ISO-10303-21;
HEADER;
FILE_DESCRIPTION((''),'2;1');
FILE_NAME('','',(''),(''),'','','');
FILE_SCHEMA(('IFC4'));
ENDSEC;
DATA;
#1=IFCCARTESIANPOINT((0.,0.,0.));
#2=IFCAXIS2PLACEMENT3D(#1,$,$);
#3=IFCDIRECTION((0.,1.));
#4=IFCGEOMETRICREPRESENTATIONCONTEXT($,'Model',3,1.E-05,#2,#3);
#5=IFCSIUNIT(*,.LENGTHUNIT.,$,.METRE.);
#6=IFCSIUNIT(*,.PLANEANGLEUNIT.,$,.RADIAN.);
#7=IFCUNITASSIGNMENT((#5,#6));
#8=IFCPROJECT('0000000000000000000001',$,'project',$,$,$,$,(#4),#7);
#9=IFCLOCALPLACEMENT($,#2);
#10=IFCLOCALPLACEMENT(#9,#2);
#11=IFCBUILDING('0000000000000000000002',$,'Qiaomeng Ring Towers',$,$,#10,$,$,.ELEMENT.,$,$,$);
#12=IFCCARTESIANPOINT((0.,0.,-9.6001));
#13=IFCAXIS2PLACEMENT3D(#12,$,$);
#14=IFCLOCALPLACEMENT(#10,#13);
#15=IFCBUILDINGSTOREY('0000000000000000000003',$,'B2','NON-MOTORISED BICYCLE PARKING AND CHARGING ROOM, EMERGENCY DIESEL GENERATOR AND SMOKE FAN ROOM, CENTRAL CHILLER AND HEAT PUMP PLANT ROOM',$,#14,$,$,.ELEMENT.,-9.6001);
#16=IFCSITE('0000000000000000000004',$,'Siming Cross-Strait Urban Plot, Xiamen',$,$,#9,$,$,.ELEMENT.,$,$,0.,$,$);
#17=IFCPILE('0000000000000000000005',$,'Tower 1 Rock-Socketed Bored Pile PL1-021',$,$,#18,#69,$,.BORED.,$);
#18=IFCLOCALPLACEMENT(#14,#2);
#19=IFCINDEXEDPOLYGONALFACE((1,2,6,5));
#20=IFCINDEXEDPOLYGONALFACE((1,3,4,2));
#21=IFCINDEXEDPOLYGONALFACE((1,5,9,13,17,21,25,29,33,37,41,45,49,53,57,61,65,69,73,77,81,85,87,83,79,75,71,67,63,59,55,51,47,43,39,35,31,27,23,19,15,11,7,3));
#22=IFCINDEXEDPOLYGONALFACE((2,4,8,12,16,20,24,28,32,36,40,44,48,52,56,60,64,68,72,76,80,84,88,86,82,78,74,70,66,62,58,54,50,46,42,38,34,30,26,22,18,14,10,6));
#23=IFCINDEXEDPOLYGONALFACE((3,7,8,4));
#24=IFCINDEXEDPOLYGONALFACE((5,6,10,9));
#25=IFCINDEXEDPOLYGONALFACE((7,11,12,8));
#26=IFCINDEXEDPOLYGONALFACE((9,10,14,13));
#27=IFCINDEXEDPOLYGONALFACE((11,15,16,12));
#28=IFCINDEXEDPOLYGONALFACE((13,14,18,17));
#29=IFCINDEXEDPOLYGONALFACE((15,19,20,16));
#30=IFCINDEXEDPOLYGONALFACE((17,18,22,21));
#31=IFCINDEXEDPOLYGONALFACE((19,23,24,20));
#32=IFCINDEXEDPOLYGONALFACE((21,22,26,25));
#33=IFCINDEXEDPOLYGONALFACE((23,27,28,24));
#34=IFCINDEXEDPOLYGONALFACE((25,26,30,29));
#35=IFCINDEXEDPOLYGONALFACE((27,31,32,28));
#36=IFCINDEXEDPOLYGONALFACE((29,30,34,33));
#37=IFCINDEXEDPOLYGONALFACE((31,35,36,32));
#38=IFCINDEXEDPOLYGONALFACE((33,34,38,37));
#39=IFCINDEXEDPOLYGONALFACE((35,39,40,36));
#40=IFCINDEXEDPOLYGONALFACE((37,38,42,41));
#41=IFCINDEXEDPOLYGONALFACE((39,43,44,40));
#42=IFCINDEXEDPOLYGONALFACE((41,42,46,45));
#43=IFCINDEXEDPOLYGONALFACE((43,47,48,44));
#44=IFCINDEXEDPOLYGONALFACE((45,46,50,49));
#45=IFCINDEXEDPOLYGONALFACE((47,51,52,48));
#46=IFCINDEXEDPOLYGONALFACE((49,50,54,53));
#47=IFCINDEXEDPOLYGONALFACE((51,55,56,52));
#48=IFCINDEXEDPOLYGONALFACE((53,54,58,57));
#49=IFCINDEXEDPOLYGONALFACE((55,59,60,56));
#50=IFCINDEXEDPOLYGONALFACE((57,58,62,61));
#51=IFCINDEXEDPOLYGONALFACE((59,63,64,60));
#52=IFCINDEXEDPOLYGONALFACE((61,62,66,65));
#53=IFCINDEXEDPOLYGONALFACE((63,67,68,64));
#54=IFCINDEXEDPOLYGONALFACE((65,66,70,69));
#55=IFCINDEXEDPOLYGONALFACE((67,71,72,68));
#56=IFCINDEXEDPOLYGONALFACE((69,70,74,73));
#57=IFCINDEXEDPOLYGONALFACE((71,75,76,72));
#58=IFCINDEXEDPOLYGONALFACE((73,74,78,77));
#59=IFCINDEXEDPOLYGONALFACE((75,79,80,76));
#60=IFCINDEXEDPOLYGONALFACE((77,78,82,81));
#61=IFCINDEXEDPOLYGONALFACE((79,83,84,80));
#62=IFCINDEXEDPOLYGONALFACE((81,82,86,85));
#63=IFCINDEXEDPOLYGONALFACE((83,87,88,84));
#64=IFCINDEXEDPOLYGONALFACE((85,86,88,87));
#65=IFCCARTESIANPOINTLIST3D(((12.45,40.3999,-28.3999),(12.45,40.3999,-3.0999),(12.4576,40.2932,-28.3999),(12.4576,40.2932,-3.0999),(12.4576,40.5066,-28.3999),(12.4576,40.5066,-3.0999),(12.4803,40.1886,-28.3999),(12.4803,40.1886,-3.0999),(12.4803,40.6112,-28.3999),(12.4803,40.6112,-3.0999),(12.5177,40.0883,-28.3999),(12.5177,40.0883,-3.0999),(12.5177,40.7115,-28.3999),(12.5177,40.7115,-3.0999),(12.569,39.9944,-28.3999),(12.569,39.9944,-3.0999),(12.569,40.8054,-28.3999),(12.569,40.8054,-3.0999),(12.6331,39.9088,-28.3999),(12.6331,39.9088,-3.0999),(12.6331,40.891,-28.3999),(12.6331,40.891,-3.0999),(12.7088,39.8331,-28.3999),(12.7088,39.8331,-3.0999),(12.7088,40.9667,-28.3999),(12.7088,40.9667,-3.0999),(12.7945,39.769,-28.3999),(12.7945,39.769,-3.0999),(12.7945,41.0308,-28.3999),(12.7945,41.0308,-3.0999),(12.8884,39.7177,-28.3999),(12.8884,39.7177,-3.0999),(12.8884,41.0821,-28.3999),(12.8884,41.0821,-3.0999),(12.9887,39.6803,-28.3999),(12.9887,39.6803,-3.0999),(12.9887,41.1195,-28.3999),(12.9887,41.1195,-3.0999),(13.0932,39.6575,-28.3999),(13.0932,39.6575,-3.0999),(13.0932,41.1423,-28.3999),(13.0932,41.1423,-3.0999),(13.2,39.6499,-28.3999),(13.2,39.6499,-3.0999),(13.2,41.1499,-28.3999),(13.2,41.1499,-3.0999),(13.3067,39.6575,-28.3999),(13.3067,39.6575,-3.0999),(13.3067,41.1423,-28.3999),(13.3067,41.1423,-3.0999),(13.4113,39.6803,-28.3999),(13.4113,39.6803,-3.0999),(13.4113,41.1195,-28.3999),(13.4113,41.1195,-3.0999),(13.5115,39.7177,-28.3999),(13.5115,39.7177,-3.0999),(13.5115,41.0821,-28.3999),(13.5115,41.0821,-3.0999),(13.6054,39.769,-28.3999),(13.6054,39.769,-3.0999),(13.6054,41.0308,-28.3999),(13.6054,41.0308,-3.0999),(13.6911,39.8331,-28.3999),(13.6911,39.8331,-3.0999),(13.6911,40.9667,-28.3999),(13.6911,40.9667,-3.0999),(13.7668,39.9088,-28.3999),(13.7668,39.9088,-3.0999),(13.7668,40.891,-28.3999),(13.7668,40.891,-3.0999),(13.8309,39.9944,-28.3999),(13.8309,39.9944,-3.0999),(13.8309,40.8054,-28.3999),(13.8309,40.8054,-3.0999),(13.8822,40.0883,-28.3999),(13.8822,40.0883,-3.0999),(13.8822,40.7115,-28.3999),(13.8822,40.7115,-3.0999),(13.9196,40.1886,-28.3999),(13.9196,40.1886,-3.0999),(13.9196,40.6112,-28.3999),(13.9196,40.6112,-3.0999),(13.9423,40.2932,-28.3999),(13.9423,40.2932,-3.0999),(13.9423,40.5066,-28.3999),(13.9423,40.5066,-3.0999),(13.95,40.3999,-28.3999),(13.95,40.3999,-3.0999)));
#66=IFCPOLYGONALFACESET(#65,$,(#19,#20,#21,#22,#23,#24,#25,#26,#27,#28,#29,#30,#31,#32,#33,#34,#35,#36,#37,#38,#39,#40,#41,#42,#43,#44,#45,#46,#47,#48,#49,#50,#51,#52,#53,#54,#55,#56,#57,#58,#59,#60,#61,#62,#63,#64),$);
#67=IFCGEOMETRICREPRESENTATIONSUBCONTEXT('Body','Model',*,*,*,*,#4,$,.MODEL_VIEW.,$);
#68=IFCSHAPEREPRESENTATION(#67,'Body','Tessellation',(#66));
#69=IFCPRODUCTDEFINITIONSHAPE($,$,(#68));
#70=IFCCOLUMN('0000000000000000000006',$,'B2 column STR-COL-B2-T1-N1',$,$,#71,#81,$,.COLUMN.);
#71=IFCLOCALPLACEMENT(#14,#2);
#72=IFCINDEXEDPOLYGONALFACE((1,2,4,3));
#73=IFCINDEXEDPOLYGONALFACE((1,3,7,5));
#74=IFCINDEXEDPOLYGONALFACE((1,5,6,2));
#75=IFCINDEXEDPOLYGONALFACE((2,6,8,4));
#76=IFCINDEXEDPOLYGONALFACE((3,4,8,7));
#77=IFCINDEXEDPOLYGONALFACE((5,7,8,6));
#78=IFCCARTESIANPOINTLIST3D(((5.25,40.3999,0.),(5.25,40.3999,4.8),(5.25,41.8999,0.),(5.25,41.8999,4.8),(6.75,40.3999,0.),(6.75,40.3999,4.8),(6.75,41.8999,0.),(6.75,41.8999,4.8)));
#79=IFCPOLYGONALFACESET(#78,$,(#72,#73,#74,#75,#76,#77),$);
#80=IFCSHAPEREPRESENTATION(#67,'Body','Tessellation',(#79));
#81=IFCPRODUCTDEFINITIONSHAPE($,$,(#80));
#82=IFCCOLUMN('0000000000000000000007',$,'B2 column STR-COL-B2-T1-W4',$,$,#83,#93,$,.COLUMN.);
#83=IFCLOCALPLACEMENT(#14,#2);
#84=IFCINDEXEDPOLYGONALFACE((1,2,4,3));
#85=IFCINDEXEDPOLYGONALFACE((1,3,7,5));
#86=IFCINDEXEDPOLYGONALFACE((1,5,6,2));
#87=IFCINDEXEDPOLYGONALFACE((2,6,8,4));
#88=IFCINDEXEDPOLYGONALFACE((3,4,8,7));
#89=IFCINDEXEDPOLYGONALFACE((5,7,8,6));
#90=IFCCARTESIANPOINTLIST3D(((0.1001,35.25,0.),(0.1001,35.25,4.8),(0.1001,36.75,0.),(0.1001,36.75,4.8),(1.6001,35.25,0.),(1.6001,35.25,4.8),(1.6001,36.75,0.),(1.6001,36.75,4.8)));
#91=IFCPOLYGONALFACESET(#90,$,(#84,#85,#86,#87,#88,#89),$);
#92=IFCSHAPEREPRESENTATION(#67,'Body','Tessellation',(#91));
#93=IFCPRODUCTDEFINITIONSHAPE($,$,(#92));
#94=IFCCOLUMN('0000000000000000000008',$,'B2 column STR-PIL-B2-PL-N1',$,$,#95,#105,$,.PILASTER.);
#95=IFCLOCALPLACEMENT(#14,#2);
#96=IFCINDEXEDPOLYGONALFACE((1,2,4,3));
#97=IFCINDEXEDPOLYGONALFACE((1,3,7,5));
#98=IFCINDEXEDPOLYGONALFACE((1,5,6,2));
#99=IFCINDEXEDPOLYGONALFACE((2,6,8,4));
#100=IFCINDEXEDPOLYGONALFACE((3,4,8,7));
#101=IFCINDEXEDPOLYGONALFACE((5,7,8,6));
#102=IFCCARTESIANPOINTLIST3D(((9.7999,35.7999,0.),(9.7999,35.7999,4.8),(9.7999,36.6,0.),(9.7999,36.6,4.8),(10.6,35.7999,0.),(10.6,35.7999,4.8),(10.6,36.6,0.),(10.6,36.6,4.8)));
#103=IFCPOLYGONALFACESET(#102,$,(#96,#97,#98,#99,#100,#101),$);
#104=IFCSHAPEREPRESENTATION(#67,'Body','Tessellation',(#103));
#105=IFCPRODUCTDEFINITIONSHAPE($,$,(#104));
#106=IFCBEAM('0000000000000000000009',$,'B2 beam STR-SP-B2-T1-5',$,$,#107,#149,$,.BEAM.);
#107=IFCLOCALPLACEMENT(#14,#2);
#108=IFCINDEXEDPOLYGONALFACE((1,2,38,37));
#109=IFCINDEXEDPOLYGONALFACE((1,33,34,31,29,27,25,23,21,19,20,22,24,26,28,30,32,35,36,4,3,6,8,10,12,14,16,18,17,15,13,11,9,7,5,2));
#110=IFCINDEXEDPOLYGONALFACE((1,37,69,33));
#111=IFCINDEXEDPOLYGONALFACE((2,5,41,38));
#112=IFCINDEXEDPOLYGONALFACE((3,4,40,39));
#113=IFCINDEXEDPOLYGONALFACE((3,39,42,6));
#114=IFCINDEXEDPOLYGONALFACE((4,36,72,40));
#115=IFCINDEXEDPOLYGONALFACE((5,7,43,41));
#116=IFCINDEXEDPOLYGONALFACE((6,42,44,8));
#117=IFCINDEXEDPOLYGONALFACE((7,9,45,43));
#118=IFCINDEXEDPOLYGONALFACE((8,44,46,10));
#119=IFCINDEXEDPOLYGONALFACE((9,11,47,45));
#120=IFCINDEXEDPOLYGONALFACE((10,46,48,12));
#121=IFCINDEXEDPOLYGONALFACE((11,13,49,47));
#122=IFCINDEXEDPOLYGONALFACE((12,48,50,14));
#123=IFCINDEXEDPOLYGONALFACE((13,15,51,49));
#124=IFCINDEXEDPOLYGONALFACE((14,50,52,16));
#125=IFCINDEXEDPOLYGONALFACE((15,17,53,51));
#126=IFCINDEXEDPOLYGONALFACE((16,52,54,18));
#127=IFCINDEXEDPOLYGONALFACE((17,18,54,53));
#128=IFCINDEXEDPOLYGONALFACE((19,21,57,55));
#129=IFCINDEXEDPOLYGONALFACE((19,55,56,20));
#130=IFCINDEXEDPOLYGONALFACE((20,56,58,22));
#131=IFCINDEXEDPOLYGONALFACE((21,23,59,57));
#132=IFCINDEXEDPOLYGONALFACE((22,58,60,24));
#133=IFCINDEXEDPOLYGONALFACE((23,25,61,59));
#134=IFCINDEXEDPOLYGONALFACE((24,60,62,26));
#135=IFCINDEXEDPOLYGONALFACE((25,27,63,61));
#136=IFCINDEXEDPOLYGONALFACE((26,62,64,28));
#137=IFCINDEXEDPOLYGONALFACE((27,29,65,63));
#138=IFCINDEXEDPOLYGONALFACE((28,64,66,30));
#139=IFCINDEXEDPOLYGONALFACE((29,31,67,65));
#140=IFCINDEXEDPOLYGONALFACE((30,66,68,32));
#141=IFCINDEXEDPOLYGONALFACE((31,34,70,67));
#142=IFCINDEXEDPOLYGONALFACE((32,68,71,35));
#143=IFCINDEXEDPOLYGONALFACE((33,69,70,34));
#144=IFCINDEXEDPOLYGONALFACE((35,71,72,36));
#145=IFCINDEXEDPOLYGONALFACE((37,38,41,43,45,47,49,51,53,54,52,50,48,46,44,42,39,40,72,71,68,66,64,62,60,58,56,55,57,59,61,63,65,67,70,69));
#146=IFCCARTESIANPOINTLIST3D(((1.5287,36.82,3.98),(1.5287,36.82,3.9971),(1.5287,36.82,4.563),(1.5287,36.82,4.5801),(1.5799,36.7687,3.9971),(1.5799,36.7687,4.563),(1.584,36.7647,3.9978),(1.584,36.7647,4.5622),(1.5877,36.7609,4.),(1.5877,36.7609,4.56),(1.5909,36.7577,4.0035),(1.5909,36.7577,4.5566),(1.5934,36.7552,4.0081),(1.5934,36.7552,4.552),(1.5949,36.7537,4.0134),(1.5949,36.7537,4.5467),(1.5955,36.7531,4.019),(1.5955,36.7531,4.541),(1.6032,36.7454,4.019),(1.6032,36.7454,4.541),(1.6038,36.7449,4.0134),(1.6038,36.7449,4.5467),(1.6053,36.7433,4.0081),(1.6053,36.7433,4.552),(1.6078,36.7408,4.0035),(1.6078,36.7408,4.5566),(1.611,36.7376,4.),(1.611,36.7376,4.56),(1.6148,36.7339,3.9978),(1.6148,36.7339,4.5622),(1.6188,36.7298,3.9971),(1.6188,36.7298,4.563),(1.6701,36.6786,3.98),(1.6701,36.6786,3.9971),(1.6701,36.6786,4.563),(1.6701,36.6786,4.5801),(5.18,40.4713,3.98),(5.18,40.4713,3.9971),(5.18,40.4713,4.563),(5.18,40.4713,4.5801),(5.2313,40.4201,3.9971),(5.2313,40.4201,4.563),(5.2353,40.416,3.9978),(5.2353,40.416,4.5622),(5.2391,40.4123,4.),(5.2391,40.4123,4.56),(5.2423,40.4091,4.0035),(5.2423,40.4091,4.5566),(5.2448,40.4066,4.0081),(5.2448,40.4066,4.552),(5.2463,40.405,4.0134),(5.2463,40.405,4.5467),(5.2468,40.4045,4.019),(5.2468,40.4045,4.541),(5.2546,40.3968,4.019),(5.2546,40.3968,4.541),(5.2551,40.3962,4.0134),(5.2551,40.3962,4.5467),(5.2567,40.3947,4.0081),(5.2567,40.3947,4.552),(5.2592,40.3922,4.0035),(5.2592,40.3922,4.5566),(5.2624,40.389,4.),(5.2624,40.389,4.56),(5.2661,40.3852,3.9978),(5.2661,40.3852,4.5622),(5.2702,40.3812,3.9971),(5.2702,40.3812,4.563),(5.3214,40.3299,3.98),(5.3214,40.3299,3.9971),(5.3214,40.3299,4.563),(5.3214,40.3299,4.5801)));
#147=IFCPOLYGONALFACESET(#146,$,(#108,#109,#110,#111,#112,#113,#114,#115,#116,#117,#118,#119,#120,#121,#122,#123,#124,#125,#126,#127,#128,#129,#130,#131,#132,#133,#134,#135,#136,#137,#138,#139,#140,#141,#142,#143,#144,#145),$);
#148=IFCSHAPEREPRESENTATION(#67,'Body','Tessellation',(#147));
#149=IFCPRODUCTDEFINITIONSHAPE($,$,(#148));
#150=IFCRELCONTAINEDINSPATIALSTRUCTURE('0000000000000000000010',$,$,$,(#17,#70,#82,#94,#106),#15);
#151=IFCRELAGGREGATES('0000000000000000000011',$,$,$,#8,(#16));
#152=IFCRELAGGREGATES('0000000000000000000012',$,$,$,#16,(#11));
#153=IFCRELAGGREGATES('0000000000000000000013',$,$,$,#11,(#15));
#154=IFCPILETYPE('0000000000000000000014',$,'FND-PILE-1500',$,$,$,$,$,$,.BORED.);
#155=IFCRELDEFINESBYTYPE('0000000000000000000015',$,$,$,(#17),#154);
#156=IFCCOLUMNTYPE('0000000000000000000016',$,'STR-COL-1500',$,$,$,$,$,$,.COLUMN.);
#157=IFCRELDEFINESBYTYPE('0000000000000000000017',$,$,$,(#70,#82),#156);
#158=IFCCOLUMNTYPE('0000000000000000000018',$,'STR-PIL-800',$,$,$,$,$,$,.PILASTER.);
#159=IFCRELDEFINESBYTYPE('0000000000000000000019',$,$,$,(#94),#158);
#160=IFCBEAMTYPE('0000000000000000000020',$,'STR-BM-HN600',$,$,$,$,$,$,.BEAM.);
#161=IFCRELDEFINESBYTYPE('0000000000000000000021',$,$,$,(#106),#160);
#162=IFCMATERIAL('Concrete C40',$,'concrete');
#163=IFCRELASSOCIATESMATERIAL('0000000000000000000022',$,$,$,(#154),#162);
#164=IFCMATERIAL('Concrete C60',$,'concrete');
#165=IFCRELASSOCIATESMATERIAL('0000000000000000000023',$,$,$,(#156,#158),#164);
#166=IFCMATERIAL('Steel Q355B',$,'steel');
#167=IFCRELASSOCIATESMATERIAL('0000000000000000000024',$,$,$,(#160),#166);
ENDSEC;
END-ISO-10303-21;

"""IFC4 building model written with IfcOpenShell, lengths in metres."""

from ifc_helpers import new_model, si_unit, direction, frame, origin, origin_2d, place, context, subcontext, project, spatial, rectangle, circle, i_section, extrude, source, transform, mapped, material, material_profile, profile_set, type_object, element, save


model = new_model("IFC4")

# Units and contexts
model_context = context("Model", 3, precision=1e-05, world=origin(), true_north=direction((0.0, 1.0)))
body_context = subcontext(model_context, "Body", "Model", "MODEL_VIEW")
ifc_project = project(units=[si_unit("LENGTHUNIT", "METRE"), si_unit("PLANEANGLEUNIT", "RADIAN")], contexts=[model_context])

# Site, building, storey
site_placement = place(None, origin())
site = spatial("IfcSite", under=ifc_project, at=site_placement, Name="Siming Cross-Strait Urban Plot, Xiamen", CompositionType="ELEMENT", RefElevation=0.0)
building_placement = place(site_placement, origin())
building = spatial("IfcBuilding", under=site, at=building_placement, Name="Qiaomeng Ring Towers", CompositionType="ELEMENT")
storey_placement = place(building_placement, frame((0.0, 0.0, -9.6001)))
storey = spatial("IfcBuildingStorey", under=building, at=storey_placement, Name="B2", Description="NON-MOTORISED BICYCLE PARKING AND CHARGING ROOM, EMERGENCY DIESEL GENERATOR AND SMOKE FAN ROOM, CENTRAL CHILLER AND HEAT PUMP PLANT ROOM", CompositionType="ELEMENT", Elevation=-9.6001)

# Pile
ifc_material_1 = material(Name="Concrete C40", Category="concrete")
ifc_material_profile_1 = material_profile(ifc_material_1, circle(Radius=0.75, at=origin_2d()), Name="BORED PILE 1500")
ifc_profile_set_1 = profile_set([ifc_material_profile_1], Name="Concrete C40")
pile_type = type_object("IfcPileType", Name="FND-PILE-1500", PredefinedType="BORED", material=ifc_profile_set_1)
shared_shape_1 = source(origin(), body_context, "Body", "SweptSolid", [
    extrude(circle(Radius=0.75, at=origin_2d()), origin(), (0.0, 0.0, 1.0), 25.3),
])
for number, where, z_axis, x_axis, name in (
    (1, (13.2, 40.3999, -3.0999), (0.0, 0.0, -1.0), (1.0, 0.0, 0.0), "Tower 1 Rock-Socketed Bored Pile PL1-021"),
):
    element("IfcPile", number, at=place(storey_placement, frame(where, z_axis=z_axis, x_axis=x_axis)), inside=storey, type_object=pile_type, Name=name, PredefinedType="BORED", context=body_context, shape_type="MappedRepresentation", body=[
        mapped(shared_shape_1, transform((0.0, 0.0, 0.0), x_axis=(1.0, 0.0, 0.0), y_axis=(0.0, 1.0, 0.0), z_axis=(0.0, 0.0, 1.0), scale=1.0)),
    ])

# Columns
ifc_material_2 = material(Name="Concrete C60", Category="concrete")
ifc_material_profile_2 = material_profile(ifc_material_2, rectangle(XDim=1.5, YDim=1.5, at=origin_2d()), Name="RC COL 1500x1500")
ifc_profile_set_2 = profile_set([ifc_material_profile_2], Name="Concrete C60")
column_type_1 = type_object("IfcColumnType", Name="STR-COL-1500", PredefinedType="COLUMN", material=ifc_profile_set_2)
shared_shape_2 = source(origin(), body_context, "Body", "SweptSolid", [
    extrude(rectangle(XDim=1.5, YDim=1.5, at=origin_2d()), origin(), (0.0, 0.0, 1.0), 4.8),
])
for number, where, z_axis, x_axis, name in (
    (2, (6.0, 41.1499, 0.0), (0.0, 0.0, 1.0), (1.0, 0.0, 0.0), "B2 column STR-COL-B2-T1-N1"),
    (3, (0.8501, 36.0, 0.0), (0.0, 0.0, 1.0), (1.0, 0.0, 0.0), "B2 column STR-COL-B2-T1-W4"),
):
    element("IfcColumn", number, at=place(storey_placement, frame(where, z_axis=z_axis, x_axis=x_axis)), inside=storey, type_object=column_type_1, Name=name, PredefinedType="COLUMN", context=body_context, shape_type="MappedRepresentation", body=[
        mapped(shared_shape_2, transform((0.0, 0.0, 0.0), x_axis=(1.0, 0.0, 0.0), y_axis=(0.0, 1.0, 0.0), z_axis=(0.0, 0.0, 1.0), scale=1.0)),
    ])
ifc_material_profile_3 = material_profile(ifc_material_2, rectangle(XDim=0.8, YDim=0.8, at=origin_2d()), Name="RC COL 800x800")
ifc_profile_set_3 = profile_set([ifc_material_profile_3], Name="Concrete C60")
column_type_2 = type_object("IfcColumnType", Name="STR-PIL-800", PredefinedType="PILASTER", material=ifc_profile_set_3)
shared_shape_3 = source(origin(), body_context, "Body", "SweptSolid", [
    extrude(rectangle(XDim=0.8, YDim=0.8, at=origin_2d()), origin(), (0.0, 0.0, 1.0), 4.8),
])
column_placement = place(storey_placement, frame((10.2, 36.2, 0.0), z_axis=(0.0, 0.0, 1.0), x_axis=(1.0, 0.0, 0.0)))
element("IfcColumn", 4, at=column_placement, inside=storey, type_object=column_type_2, Name="B2 column STR-PIL-B2-PL-N1", PredefinedType="PILASTER", context=body_context, shape_type="MappedRepresentation", body=[
    mapped(shared_shape_3, transform((0.0, 0.0, 0.0), x_axis=(1.0, 0.0, 0.0), y_axis=(0.0, 1.0, 0.0), z_axis=(0.0, 0.0, 1.0), scale=1.0)),
])

# Beam
ifc_material_3 = material(Name="Steel Q355B", Category="steel")
ifc_material_profile_4 = material_profile(ifc_material_3, i_section(OverallWidth=0.2, OverallDepth=0.6001, WebThickness=0.011, FlangeThickness=0.0171, FilletRadius=0.022, at=origin_2d()), Name="HN 600x200x11x17")
ifc_profile_set_4 = profile_set([ifc_material_profile_4], Name="Steel Q355B")
beam_type = type_object("IfcBeamType", Name="STR-BM-HN600", PredefinedType="BEAM", material=ifc_profile_set_4)
shared_shape_4 = source(origin(), body_context, "Body", "SweptSolid", [
    extrude(i_section(OverallWidth=0.2, OverallDepth=0.6001, WebThickness=0.011, FlangeThickness=0.0171, FilletRadius=0.022, at=origin_2d()), origin(), (0.0, 0.0, 1.0), 5.1638),
])
beam_placement = place(storey_placement, frame((5.2507, 40.4006, 4.28), z_axis=(-0.707107, -0.707107, 0.0), x_axis=(0.707107, -0.707107, 0.0)))
element("IfcBeam", 5, at=beam_placement, inside=storey, type_object=beam_type, Name="B2 beam STR-SP-B2-T1-5", PredefinedType="BEAM", context=body_context, shape_type="MappedRepresentation", body=[
    mapped(shared_shape_4, transform((0.0, 0.0, 0.0), x_axis=(1.0, 0.0, 0.0), y_axis=(0.0, 1.0, 0.0), z_axis=(0.0, 0.0, 1.0), scale=1.0)),
])

save(model, "model.ifc")
